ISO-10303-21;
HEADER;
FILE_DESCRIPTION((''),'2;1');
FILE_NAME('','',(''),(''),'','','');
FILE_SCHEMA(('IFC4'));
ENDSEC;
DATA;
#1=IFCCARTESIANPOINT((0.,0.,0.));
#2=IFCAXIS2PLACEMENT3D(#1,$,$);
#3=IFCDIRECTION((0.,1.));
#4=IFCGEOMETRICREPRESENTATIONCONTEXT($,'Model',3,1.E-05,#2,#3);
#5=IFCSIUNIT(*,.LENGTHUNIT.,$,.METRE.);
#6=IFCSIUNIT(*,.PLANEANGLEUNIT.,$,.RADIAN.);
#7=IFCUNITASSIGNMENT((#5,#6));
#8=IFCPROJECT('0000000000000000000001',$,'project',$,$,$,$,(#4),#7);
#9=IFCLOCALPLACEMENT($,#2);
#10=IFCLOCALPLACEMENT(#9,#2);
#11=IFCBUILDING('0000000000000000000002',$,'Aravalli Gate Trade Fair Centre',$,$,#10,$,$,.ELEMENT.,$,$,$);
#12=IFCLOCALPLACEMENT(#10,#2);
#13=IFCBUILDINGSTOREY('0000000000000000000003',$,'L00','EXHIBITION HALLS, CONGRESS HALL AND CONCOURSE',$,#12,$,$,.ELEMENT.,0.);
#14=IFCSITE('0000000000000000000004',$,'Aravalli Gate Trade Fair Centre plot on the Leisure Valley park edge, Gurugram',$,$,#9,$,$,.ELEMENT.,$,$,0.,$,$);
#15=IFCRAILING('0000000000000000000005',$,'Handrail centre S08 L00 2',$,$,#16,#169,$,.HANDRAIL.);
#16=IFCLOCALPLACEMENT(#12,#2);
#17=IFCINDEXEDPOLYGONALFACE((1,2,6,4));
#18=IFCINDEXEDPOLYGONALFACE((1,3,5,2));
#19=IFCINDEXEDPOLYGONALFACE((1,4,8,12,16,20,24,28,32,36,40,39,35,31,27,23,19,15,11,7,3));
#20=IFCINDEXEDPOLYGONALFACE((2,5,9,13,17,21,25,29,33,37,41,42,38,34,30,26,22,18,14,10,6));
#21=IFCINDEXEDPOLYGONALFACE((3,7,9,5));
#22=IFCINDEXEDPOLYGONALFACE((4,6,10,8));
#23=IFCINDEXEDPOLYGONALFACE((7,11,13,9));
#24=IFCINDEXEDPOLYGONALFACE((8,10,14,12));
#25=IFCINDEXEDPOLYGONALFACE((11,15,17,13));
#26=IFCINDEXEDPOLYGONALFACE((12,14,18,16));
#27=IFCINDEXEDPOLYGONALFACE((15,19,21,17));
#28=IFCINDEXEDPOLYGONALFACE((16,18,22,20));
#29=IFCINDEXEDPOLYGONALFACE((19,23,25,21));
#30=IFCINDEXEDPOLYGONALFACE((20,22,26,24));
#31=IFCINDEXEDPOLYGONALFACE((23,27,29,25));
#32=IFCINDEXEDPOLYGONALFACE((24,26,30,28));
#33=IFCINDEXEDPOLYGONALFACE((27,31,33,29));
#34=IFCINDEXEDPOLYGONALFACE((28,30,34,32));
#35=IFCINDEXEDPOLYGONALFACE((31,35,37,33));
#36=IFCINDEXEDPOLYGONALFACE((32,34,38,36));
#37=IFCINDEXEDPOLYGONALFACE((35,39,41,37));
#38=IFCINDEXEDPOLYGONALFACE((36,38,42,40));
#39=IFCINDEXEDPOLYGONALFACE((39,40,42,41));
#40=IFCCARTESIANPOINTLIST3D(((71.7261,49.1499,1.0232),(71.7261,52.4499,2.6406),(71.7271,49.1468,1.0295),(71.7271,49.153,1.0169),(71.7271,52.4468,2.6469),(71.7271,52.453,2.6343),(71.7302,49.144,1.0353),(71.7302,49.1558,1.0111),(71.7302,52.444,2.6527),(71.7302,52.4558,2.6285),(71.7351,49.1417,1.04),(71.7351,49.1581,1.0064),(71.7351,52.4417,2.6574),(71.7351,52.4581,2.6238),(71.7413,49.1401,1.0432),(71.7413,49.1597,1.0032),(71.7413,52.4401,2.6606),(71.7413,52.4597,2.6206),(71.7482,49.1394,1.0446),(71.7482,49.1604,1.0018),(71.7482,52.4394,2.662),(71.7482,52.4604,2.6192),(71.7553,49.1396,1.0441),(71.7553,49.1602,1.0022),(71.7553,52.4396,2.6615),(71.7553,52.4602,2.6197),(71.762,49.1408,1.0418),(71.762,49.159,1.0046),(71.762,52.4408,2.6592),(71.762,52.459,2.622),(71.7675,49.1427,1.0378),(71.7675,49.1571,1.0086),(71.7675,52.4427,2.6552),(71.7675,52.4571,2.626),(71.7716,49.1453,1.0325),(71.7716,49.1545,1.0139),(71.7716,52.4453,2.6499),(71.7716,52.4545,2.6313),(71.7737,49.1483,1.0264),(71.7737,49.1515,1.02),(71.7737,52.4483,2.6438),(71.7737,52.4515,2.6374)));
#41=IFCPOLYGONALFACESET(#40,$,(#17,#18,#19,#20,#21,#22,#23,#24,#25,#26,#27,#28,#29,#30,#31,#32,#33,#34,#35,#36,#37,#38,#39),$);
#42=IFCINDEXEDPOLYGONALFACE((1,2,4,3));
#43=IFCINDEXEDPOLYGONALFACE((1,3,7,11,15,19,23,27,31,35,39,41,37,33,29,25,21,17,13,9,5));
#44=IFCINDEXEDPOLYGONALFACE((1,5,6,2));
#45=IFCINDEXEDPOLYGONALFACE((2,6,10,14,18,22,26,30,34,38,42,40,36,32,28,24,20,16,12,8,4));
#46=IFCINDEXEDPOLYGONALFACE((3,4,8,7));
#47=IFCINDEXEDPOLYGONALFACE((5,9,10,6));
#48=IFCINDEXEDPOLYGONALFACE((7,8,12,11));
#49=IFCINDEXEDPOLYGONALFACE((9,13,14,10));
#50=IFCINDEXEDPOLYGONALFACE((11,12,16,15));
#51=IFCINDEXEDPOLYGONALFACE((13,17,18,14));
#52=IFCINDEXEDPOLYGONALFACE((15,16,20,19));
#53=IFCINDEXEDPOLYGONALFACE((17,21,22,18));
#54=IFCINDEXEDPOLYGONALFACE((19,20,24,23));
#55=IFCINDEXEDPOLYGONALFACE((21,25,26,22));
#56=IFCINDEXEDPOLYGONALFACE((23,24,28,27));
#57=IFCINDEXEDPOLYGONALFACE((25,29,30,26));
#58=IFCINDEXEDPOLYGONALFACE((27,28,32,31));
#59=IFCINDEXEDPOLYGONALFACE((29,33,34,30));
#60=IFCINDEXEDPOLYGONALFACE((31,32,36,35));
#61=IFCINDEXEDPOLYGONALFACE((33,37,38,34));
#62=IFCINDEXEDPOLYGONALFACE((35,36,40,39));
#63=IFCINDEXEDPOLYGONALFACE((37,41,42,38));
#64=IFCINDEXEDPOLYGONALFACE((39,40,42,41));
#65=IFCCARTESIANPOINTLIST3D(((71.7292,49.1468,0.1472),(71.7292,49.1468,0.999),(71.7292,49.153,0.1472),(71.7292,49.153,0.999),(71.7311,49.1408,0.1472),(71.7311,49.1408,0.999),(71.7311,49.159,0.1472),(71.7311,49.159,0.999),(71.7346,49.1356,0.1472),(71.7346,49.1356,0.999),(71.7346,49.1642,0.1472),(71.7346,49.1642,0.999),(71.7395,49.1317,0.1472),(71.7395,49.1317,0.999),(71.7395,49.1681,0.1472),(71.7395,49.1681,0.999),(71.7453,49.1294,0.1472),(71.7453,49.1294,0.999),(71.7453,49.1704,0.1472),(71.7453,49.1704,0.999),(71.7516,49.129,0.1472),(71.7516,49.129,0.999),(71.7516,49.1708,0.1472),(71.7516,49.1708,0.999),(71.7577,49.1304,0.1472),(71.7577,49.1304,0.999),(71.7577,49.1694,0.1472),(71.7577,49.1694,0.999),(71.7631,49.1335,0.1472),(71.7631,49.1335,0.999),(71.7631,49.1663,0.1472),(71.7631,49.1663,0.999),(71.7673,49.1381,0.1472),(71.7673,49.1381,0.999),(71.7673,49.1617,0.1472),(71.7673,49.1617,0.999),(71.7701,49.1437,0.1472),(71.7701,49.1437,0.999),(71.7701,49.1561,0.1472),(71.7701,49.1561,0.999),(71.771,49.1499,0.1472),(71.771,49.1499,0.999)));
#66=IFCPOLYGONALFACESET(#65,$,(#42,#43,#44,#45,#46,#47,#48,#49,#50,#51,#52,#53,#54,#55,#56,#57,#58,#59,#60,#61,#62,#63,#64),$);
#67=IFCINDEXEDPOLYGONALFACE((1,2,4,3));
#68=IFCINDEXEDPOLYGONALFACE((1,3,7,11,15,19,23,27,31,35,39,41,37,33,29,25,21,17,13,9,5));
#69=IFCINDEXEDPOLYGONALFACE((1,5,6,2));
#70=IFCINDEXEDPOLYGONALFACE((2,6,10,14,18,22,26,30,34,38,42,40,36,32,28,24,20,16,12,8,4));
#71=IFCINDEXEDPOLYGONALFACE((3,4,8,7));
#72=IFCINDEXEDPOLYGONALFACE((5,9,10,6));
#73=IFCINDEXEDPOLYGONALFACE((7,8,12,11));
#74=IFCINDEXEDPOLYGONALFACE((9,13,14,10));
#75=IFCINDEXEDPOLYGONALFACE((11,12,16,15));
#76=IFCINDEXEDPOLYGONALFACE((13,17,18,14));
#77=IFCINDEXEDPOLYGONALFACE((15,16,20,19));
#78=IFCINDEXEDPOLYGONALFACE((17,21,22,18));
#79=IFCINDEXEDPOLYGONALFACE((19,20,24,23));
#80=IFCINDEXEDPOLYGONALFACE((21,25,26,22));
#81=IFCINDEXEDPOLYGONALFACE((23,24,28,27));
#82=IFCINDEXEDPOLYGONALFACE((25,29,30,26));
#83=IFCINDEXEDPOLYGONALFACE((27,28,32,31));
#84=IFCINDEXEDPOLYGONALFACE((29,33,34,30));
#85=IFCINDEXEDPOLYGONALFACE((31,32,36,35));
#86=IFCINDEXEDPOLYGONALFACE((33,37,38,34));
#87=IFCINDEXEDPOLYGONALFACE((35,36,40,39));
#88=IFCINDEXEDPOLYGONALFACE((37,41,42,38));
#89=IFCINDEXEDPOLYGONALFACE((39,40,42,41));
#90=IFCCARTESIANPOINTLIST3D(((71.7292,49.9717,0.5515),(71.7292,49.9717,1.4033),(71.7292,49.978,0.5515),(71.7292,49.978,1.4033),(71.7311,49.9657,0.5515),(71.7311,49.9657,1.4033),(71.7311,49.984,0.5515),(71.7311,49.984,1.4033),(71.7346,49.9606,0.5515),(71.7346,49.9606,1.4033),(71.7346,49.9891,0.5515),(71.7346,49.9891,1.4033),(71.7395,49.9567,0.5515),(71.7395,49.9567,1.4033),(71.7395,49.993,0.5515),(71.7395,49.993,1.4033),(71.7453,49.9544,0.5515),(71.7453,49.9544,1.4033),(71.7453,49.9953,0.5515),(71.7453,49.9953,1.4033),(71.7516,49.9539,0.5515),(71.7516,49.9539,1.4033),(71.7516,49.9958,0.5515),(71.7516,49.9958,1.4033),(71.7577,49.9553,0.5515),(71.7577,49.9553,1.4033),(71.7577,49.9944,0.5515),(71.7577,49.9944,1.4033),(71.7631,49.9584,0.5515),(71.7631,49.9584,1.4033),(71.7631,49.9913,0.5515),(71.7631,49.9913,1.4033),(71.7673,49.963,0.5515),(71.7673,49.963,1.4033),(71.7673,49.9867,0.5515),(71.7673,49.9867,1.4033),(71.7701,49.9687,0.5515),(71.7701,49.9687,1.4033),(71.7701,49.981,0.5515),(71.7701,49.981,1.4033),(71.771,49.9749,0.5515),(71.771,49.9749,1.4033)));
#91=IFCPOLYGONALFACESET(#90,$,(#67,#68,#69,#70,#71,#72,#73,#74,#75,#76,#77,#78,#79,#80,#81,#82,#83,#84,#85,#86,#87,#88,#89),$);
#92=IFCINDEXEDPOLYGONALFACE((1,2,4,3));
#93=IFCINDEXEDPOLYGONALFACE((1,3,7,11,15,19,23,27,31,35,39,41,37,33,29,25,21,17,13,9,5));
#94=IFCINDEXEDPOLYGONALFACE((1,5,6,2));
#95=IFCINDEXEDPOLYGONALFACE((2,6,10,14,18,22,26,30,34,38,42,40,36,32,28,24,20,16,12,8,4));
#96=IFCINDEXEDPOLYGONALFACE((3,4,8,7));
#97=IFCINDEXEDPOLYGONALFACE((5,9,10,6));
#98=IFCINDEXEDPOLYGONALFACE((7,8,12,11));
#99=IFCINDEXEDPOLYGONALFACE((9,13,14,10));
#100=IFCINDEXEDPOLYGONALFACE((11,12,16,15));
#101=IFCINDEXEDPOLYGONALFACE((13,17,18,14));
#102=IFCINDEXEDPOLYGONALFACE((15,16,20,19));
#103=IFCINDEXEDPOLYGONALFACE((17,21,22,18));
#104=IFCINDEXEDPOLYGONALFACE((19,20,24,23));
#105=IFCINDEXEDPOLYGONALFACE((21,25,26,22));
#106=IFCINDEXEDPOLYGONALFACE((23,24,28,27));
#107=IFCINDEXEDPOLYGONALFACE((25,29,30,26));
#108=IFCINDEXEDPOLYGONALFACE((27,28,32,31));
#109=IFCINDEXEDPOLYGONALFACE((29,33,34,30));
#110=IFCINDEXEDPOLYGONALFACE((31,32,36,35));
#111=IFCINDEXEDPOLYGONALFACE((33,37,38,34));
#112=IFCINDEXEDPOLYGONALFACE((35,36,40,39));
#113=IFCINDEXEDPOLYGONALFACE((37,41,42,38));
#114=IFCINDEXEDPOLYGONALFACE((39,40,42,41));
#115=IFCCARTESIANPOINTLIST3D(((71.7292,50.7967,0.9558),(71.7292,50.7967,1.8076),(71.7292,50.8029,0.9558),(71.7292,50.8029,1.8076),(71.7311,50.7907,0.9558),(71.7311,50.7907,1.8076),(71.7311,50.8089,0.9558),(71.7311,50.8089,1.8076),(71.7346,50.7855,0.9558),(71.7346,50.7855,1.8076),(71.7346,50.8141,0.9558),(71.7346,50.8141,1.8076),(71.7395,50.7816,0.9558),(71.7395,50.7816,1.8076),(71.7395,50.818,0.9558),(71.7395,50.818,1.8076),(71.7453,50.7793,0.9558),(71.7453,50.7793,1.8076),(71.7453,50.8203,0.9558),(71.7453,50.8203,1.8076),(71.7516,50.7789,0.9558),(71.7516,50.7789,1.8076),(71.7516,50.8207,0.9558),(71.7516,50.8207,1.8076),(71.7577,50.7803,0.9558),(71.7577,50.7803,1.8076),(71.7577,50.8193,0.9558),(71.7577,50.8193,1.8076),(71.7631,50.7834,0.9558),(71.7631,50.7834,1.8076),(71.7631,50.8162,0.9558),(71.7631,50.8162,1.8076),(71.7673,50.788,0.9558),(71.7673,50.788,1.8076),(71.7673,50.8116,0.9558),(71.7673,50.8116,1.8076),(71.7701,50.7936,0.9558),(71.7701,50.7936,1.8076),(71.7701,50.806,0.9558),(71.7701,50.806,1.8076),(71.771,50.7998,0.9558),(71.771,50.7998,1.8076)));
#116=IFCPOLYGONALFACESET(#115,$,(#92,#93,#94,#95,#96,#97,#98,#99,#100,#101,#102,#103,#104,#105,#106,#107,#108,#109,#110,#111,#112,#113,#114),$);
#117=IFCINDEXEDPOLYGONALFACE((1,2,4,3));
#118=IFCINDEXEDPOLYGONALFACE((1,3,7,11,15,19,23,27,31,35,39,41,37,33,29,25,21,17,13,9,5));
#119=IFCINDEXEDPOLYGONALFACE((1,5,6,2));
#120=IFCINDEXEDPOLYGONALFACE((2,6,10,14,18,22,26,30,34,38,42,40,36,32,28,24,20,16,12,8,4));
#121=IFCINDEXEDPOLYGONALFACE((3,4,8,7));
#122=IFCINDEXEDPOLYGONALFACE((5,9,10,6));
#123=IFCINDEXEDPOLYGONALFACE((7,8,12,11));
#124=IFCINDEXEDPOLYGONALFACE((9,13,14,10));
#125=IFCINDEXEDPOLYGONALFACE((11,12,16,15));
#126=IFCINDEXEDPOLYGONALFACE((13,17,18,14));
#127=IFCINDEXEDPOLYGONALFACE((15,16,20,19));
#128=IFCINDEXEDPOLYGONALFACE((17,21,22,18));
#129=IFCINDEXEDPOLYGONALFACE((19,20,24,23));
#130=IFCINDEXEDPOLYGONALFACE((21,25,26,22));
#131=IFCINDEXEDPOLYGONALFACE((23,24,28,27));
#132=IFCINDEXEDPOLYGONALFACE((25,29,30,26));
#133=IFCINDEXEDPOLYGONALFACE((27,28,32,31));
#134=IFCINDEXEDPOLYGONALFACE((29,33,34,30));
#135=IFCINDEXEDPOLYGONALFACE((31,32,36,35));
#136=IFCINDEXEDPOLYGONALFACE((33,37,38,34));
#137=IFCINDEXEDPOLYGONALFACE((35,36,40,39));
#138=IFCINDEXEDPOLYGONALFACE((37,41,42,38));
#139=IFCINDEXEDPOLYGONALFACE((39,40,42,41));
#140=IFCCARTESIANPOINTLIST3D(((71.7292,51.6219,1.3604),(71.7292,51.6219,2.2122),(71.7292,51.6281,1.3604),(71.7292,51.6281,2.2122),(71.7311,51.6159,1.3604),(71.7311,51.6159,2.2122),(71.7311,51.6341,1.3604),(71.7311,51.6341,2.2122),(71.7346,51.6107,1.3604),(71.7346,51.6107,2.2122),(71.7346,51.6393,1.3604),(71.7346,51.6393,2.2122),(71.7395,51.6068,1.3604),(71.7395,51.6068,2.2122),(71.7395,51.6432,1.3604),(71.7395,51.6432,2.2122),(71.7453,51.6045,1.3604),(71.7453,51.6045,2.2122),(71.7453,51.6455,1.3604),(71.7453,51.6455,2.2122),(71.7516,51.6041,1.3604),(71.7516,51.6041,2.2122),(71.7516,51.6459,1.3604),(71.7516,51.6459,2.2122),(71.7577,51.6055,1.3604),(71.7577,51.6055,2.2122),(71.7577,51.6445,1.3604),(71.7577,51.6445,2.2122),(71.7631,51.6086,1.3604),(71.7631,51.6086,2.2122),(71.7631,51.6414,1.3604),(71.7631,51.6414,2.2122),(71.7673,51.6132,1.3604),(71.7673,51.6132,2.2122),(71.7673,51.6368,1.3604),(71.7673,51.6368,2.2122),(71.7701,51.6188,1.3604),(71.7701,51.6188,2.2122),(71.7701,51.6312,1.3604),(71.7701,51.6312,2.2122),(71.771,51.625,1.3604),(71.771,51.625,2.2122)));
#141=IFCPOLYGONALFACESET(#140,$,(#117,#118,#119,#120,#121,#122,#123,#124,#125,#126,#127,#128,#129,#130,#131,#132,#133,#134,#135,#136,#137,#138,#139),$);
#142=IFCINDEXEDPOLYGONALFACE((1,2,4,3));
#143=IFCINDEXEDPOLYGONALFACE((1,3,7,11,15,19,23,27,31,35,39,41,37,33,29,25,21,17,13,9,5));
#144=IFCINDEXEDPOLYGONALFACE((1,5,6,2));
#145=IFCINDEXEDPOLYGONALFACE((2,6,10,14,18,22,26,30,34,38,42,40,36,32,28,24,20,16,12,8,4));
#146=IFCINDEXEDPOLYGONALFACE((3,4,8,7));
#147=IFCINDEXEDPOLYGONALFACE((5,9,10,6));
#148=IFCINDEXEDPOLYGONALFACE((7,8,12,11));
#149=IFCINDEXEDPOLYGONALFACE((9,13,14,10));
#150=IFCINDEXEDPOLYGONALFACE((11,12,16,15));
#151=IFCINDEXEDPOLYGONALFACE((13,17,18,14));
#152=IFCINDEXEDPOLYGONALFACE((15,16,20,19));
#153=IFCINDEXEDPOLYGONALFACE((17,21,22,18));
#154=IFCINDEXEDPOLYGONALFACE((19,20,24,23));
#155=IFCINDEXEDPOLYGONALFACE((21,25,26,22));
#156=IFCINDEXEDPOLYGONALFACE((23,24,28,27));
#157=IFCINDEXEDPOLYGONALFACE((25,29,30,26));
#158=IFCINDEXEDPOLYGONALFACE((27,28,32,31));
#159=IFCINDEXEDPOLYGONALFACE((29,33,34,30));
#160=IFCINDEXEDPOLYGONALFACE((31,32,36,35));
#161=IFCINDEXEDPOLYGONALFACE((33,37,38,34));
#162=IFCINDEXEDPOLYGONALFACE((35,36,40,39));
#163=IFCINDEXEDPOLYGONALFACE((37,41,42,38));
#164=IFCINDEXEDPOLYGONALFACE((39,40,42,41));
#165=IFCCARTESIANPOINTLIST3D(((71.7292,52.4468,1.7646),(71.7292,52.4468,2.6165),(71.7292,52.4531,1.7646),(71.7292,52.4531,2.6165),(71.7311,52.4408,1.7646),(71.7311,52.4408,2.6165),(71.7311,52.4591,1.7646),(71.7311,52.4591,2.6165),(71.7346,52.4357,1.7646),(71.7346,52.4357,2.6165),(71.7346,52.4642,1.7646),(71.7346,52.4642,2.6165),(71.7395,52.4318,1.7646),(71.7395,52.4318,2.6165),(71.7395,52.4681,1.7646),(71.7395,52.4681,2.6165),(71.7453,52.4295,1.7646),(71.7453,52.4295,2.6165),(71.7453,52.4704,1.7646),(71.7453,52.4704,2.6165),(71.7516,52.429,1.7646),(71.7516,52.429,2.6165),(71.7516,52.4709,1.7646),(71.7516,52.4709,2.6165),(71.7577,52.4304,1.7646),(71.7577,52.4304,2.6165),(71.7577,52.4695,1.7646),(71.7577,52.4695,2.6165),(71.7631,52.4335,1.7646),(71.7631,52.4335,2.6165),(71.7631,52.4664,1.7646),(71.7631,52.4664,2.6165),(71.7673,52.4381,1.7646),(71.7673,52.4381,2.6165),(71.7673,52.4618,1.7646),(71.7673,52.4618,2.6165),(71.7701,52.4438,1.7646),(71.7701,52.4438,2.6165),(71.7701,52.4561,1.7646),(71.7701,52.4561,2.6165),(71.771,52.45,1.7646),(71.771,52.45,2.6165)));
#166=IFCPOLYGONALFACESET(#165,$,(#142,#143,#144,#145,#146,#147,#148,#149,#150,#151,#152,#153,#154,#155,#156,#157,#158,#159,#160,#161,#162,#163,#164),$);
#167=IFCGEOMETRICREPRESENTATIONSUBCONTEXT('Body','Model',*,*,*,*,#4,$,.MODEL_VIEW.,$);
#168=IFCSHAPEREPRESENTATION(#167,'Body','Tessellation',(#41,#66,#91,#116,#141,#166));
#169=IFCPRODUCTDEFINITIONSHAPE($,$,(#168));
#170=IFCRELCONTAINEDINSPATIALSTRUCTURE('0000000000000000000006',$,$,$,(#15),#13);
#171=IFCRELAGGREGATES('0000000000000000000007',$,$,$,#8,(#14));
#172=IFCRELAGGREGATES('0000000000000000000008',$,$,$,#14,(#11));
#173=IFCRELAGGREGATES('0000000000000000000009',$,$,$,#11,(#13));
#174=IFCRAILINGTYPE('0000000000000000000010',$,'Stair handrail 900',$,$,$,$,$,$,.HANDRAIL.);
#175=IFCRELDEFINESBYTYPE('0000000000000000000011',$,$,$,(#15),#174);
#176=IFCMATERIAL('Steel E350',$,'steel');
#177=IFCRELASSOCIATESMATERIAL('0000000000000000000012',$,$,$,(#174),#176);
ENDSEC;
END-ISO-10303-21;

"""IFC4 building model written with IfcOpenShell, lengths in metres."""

from ifc_helpers import new_model, si_unit, direction, frame, origin, origin_2d, place, context, subcontext, project, spatial, circle, extrude, material, type_object, element, save


model = new_model("IFC4")

# Units and contexts
model_context = context("Model", 3, precision=1e-05, world=origin(), true_north=direction((0.0, 1.0)))
body_context = subcontext(model_context, "Body", "Model", "MODEL_VIEW")
ifc_project = project(units=[si_unit("LENGTHUNIT", "METRE"), si_unit("PLANEANGLEUNIT", "RADIAN")], contexts=[model_context])

# Site, building, storey
site_placement = place(None, origin())
site = spatial("IfcSite", under=ifc_project, at=site_placement, Name="Aravalli Gate Trade Fair Centre plot on the Leisure Valley park edge, Gurugram", CompositionType="ELEMENT", RefElevation=0.0)
building_placement = place(site_placement, origin())
building = spatial("IfcBuilding", under=site, at=building_placement, Name="Aravalli Gate Trade Fair Centre", CompositionType="ELEMENT")
storey_placement = place(building_placement, origin())
storey = spatial("IfcBuildingStorey", under=building, at=storey_placement, Name="L00", Description="EXHIBITION HALLS, CONGRESS HALL AND CONCOURSE", CompositionType="ELEMENT", Elevation=0.0)

# Railing
ifc_material_1 = material(Name="Steel E350", Category="steel")
railing_type = type_object("IfcRailingType", Name="Stair handrail 900", PredefinedType="HANDRAIL", material=ifc_material_1)
for number, where, name in (
    (1, (71.75, 49.1499, 0.1472), "Handrail centre S08 L00 2"),
):
    element("IfcRailing", number, at=place(storey_placement, frame(where)), inside=storey, type_object=railing_type, Name=name, PredefinedType="HANDRAIL", context=body_context, shape_type="SweptSolid", body=[
        extrude(circle(Radius=0.0239, at=origin_2d()), frame((0.0, 0.0, 0.876), z_axis=(0.0, 0.897946, 0.440105), x_axis=(-1.0, 0.0, 0.0)), (0.0, 0.0, 1.0), 3.675),
        extrude(circle(Radius=0.021, at=origin_2d()), origin(), (0.0, 0.0, 1.0), 0.8518),
        extrude(circle(Radius=0.021, at=origin_2d()), frame((0.0, 0.825, 0.4043)), (0.0, 0.0, 1.0), 0.8518),
        extrude(circle(Radius=0.021, at=origin_2d()), frame((0.0, 1.6499, 0.8086)), (0.0, 0.0, 1.0), 0.8518),
        extrude(circle(Radius=0.021, at=origin_2d()), frame((0.0, 2.4751, 1.2131)), (0.0, 0.0, 1.0), 0.8518),
        extrude(circle(Radius=0.021, at=origin_2d()), frame((0.0, 3.3, 1.6174)), (0.0, 0.0, 1.0), 0.8518),
    ])

save(model, "model.ifc")
